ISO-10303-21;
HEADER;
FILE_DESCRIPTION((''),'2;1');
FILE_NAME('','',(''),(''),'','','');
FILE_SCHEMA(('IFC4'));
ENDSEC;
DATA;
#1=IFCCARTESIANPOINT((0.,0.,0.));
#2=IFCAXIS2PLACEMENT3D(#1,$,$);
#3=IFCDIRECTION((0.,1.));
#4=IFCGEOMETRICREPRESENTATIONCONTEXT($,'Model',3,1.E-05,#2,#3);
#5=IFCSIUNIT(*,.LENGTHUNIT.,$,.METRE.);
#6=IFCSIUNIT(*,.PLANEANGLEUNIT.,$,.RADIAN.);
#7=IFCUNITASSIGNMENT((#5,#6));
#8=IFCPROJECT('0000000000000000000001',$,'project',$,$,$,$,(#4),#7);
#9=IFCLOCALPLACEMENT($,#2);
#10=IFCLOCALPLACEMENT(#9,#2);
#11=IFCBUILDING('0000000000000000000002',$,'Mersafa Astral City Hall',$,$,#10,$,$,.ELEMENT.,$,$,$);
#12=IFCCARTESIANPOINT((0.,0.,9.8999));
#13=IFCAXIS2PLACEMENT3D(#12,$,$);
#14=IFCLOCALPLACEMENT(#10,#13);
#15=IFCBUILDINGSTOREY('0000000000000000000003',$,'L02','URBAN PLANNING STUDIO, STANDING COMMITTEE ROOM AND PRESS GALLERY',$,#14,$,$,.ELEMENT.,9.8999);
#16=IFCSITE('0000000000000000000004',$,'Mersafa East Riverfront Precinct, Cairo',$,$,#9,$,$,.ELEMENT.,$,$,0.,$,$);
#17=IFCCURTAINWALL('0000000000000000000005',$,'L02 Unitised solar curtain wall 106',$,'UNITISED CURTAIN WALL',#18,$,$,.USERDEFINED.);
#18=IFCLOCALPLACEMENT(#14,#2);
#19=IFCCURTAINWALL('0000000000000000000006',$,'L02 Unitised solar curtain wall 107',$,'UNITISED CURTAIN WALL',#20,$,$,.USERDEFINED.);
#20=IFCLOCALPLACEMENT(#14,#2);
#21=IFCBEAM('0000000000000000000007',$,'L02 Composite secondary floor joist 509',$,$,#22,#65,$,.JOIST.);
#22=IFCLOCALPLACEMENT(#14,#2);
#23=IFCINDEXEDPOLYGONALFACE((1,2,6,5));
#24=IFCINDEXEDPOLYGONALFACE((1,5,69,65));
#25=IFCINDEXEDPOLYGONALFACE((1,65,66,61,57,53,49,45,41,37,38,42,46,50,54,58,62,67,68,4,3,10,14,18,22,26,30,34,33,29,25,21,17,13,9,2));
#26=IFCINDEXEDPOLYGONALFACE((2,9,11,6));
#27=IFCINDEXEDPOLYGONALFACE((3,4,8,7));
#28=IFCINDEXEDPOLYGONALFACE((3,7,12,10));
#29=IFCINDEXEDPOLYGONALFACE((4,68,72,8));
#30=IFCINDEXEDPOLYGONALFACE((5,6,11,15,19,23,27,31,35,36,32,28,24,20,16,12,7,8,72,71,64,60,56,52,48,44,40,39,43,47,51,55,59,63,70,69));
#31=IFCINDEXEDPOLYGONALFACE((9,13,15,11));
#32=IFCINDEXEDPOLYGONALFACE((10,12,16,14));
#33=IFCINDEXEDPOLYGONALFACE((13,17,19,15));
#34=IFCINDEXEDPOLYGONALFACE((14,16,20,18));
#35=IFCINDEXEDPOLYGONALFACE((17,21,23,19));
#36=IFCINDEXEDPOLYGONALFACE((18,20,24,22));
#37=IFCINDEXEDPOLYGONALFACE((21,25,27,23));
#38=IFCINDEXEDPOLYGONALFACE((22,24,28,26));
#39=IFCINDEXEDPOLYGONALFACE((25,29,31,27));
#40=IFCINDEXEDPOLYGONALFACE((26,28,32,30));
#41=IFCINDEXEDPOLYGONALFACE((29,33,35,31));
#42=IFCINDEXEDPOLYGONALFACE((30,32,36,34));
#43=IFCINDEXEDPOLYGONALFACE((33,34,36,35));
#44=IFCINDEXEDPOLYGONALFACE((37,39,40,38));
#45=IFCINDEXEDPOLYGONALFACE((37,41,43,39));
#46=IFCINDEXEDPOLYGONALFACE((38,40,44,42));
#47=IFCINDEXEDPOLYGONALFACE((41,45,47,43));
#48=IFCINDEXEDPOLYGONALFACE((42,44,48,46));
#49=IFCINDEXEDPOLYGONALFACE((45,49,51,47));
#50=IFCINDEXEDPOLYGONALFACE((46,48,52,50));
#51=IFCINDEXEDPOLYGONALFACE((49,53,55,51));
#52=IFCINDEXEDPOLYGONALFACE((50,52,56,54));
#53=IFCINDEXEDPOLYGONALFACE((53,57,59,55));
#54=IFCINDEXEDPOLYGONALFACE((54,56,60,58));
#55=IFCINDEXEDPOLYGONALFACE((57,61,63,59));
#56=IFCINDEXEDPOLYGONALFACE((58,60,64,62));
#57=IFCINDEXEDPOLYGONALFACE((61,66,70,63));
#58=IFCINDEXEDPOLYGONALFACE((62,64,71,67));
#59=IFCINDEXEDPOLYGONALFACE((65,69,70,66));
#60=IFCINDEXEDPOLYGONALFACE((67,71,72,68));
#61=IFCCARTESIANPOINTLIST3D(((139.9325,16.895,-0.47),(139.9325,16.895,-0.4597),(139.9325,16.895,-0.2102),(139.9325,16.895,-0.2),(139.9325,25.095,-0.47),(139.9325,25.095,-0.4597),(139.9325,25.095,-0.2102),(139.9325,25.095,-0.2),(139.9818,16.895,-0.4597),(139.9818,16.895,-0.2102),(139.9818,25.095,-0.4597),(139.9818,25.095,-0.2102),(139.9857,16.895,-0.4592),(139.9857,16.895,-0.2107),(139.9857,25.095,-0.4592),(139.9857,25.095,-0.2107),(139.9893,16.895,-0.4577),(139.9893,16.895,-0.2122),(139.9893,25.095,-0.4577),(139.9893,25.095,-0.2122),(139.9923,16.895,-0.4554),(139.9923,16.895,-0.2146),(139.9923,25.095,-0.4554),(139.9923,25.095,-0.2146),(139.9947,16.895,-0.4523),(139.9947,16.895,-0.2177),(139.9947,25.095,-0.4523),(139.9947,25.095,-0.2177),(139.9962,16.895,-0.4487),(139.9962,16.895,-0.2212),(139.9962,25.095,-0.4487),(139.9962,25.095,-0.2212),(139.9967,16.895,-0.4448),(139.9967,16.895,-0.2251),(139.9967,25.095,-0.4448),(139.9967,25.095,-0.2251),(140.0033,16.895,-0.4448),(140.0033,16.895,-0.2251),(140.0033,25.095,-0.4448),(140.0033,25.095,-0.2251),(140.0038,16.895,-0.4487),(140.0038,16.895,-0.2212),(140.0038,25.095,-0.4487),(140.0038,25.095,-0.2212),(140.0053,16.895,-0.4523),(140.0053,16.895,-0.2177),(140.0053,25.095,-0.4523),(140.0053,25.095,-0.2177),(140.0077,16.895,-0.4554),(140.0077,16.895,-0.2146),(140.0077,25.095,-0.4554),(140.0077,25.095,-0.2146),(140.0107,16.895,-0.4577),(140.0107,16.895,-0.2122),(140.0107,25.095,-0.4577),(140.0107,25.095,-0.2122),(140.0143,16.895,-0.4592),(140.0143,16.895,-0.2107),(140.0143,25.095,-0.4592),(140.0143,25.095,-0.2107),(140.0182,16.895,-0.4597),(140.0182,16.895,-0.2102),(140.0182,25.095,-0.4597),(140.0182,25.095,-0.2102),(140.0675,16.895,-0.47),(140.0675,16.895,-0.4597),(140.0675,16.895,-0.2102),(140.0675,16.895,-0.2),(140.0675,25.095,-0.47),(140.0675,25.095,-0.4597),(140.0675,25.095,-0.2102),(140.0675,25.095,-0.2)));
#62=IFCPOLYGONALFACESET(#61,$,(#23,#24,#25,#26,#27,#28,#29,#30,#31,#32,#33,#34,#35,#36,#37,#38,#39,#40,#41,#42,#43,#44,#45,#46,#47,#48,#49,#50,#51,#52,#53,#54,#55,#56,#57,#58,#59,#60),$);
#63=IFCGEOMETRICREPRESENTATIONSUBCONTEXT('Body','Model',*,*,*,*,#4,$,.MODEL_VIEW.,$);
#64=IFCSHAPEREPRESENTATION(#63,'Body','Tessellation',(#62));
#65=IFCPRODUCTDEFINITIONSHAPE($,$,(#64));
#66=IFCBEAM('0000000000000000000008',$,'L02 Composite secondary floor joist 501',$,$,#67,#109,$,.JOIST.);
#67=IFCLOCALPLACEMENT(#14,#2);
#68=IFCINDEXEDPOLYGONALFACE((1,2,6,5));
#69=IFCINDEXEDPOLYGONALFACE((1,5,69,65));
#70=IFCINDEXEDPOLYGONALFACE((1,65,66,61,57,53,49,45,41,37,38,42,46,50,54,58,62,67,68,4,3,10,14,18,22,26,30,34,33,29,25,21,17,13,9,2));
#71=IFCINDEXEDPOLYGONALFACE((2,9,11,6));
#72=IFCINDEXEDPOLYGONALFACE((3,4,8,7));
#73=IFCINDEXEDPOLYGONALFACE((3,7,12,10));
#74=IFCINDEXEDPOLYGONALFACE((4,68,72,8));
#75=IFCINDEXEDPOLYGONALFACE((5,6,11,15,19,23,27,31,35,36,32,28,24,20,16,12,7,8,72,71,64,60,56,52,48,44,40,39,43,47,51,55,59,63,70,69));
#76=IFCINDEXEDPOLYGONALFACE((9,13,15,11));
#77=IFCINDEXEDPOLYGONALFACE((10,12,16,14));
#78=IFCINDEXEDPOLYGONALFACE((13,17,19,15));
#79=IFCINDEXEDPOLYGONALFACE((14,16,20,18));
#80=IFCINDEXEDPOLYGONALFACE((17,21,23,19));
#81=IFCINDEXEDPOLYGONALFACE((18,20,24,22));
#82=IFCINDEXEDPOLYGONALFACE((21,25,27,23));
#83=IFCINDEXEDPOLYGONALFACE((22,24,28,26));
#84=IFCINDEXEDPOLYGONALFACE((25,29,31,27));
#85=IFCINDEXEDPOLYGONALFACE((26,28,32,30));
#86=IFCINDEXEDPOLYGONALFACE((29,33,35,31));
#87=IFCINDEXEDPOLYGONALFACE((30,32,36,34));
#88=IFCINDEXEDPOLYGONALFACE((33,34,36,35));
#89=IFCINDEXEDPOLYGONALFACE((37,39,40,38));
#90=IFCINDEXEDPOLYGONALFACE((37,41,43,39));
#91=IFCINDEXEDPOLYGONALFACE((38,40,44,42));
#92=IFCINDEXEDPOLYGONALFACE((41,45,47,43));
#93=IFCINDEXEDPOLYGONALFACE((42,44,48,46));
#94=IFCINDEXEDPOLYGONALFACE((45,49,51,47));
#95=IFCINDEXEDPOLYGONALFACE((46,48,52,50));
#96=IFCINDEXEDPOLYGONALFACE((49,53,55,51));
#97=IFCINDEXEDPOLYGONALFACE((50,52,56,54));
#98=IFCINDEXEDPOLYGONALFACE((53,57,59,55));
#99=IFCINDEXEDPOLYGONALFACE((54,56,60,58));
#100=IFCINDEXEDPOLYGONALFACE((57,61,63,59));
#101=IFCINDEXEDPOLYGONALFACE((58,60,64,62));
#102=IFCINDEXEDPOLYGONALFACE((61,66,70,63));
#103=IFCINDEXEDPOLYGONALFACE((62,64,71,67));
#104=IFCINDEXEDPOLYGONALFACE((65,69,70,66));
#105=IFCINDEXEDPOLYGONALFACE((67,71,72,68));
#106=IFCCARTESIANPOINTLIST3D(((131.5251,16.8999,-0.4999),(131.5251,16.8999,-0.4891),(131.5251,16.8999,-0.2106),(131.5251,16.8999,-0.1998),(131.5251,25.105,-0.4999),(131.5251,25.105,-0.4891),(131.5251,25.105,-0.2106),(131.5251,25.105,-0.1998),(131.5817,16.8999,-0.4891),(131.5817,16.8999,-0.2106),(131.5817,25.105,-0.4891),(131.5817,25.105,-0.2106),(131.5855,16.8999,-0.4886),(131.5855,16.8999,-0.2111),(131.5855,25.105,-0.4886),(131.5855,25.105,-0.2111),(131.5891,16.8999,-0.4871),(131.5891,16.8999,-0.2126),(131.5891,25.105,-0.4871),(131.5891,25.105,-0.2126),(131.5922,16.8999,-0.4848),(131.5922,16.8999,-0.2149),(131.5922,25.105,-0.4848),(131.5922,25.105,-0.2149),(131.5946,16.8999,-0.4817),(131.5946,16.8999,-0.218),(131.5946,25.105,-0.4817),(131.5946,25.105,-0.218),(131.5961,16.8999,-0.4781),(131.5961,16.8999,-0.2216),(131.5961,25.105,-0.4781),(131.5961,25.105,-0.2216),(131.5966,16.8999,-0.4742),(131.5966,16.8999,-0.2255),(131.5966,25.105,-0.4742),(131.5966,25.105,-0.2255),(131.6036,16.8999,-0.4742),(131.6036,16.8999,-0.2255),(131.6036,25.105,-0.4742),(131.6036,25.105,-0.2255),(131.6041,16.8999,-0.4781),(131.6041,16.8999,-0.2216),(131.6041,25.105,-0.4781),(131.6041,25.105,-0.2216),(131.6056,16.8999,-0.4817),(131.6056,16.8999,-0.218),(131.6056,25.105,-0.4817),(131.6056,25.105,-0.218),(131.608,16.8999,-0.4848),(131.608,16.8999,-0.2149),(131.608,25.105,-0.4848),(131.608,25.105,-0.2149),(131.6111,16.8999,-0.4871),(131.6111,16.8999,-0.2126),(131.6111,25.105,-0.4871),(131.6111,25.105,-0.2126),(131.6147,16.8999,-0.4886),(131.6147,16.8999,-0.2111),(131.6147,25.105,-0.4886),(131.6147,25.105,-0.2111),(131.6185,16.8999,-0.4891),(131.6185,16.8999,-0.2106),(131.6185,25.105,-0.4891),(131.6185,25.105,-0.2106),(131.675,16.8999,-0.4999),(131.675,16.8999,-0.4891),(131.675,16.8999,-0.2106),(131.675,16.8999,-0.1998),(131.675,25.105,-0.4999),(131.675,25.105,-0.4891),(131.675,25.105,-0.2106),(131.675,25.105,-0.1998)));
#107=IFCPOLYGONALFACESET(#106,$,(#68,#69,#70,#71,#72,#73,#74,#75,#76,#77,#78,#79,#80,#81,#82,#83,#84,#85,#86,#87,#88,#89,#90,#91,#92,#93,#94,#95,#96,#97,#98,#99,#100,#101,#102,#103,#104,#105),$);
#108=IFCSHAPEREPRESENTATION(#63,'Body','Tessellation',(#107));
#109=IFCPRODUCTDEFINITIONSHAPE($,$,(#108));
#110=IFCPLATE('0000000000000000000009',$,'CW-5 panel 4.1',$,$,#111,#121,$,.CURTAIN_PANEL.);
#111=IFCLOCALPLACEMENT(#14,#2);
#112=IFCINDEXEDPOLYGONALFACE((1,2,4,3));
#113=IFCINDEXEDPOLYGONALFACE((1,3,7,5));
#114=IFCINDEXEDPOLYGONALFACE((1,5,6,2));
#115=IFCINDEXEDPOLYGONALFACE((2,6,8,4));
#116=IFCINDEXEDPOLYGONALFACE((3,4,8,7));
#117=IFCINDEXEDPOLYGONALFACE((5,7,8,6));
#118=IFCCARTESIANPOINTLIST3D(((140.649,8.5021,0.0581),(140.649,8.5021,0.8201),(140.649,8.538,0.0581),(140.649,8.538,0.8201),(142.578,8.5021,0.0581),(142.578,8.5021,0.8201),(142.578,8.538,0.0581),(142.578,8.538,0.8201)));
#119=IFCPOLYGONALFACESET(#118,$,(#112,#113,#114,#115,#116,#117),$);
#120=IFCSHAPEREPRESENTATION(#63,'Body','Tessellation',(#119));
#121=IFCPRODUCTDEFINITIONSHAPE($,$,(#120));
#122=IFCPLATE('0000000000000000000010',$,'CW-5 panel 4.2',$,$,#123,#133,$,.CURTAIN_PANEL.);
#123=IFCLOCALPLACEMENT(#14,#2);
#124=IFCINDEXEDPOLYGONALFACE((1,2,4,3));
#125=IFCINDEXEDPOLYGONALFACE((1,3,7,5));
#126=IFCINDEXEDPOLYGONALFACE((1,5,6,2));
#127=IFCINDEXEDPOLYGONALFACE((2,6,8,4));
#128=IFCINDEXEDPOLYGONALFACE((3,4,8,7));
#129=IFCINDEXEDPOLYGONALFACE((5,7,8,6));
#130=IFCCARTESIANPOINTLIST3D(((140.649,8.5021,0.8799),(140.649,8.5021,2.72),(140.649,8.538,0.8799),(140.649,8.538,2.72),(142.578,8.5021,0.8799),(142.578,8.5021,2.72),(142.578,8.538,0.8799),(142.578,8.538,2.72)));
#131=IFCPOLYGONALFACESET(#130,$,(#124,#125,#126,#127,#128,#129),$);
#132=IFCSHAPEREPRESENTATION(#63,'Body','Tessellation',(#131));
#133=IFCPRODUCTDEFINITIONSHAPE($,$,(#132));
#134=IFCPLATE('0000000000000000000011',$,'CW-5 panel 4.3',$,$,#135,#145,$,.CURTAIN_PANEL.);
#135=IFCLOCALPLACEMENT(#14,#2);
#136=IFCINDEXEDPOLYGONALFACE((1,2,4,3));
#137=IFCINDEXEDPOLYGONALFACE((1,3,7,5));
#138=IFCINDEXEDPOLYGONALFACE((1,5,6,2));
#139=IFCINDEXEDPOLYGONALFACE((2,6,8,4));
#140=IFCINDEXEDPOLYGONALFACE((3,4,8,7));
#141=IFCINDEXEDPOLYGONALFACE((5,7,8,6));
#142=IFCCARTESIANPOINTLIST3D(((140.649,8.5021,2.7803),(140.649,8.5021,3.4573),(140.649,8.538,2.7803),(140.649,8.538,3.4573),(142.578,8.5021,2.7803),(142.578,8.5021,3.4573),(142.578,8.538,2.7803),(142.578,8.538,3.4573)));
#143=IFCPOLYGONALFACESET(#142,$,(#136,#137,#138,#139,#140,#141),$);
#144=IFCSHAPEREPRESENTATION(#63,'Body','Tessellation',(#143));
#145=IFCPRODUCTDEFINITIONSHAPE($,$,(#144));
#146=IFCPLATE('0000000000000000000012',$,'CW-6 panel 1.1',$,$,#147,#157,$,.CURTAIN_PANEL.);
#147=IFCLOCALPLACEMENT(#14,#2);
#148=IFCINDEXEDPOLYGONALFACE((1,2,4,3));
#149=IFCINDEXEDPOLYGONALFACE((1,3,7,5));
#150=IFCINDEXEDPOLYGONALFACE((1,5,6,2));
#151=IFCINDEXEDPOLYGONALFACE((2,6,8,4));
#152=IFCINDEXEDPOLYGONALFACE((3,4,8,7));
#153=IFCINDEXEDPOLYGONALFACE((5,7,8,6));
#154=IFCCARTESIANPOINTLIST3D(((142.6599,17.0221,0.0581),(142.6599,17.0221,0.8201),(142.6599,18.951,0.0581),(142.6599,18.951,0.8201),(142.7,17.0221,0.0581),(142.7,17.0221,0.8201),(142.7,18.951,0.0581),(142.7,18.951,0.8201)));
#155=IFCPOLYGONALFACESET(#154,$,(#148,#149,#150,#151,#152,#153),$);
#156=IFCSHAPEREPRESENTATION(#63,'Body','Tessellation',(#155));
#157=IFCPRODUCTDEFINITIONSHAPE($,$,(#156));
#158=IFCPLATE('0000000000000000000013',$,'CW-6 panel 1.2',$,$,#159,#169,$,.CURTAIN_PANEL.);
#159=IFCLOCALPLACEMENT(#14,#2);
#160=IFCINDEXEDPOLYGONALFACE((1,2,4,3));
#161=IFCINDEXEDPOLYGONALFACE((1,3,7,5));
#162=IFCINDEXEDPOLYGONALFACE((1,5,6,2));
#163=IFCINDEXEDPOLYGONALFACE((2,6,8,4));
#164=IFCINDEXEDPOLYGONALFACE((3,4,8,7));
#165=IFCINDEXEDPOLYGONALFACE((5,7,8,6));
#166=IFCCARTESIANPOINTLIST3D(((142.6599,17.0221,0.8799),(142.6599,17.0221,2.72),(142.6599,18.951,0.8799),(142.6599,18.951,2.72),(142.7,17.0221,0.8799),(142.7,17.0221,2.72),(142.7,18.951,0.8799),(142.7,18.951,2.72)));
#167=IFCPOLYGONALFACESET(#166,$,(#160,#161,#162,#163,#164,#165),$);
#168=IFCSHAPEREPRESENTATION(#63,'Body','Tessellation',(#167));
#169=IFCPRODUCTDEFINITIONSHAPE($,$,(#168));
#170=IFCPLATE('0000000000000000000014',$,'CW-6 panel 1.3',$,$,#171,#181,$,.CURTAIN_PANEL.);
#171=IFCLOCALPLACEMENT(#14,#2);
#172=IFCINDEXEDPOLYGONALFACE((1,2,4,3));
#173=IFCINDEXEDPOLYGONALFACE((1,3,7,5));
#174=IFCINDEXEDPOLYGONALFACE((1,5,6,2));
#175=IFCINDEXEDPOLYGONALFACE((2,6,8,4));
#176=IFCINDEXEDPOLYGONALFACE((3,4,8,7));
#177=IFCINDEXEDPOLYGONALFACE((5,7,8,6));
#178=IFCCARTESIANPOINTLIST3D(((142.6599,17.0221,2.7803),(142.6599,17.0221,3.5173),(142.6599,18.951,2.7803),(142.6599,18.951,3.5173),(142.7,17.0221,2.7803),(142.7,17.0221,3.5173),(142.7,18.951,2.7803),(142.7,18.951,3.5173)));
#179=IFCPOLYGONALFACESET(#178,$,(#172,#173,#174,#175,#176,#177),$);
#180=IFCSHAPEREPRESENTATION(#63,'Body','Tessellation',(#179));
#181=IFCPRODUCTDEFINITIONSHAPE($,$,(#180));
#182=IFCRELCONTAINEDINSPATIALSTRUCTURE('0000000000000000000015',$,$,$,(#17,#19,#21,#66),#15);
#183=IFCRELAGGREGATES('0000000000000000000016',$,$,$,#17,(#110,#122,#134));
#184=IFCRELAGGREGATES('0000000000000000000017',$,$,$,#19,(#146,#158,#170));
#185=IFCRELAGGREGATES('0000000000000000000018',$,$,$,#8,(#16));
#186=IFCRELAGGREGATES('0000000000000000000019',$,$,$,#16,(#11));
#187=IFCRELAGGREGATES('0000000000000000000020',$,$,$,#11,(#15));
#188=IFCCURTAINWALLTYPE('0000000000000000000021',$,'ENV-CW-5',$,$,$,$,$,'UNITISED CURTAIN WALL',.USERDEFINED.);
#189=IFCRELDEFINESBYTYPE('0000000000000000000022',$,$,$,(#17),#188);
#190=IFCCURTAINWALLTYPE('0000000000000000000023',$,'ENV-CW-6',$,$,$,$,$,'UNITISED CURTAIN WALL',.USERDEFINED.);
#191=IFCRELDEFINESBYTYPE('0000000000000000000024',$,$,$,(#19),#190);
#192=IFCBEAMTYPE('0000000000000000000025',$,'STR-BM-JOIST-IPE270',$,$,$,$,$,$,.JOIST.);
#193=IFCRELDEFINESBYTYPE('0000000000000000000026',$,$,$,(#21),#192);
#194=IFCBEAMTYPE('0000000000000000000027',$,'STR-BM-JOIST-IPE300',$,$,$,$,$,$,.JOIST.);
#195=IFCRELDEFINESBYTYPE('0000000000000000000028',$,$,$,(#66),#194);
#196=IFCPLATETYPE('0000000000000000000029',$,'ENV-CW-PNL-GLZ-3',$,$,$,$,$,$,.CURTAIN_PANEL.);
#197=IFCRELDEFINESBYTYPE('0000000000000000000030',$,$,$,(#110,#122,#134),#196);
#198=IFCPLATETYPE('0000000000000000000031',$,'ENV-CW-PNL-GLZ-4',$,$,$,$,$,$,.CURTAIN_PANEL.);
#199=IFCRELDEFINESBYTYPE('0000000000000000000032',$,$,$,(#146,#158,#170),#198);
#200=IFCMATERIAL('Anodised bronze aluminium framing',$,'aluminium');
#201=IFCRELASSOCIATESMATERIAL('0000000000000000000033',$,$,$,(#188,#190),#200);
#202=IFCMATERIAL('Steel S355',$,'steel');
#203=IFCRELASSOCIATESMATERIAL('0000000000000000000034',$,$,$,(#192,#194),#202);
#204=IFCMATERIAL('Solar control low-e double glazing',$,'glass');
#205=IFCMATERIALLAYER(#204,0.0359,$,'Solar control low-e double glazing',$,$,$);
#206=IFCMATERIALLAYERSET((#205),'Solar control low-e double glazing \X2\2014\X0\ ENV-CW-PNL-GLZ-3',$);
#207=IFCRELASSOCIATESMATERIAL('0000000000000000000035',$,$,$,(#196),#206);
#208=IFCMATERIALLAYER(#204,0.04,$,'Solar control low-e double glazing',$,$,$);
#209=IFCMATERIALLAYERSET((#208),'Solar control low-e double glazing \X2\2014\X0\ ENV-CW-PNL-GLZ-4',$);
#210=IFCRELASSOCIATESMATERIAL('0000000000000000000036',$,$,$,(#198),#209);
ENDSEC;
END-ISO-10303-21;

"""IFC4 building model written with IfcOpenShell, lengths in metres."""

from ifc_helpers import new_model, si_unit, direction, frame, origin, origin_2d, place, context, subcontext, project, spatial, rectangle, i_section, extrude, material, layer, layer_set, material_profile, profile_set, type_object, element, aggregate, save


model = new_model("IFC4")

# Units and contexts
model_context = context("Model", 3, precision=1e-05, world=origin(), true_north=direction((0.0, 1.0)))
body_context = subcontext(model_context, "Body", "Model", "MODEL_VIEW")
ifc_project = project(units=[si_unit("LENGTHUNIT", "METRE"), si_unit("PLANEANGLEUNIT", "RADIAN")], contexts=[model_context])

# Site, building, storey
site_placement = place(None, origin())
site = spatial("IfcSite", under=ifc_project, at=site_placement, Name="Mersafa East Riverfront Precinct, Cairo", CompositionType="ELEMENT", RefElevation=0.0)
building_placement = place(site_placement, origin())
building = spatial("IfcBuilding", under=site, at=building_placement, Name="Mersafa Astral City Hall", CompositionType="ELEMENT")
storey_placement = place(building_placement, frame((0.0, 0.0, 9.8999)))
storey = spatial("IfcBuildingStorey", under=building, at=storey_placement, Name="L02", Description="URBAN PLANNING STUDIO, STANDING COMMITTEE ROOM AND PRESS GALLERY", CompositionType="ELEMENT", Elevation=9.8999)

# Shared definitions
ifc_material_1 = material(Name="Steel S355", Category="steel")

# Curtain wall
ifc_material_2 = material(Name="Anodised bronze aluminium framing", Category="aluminium")
curtain_wall_type_1 = type_object("IfcCurtainWallType", Name="ENV-CW-5", ElementType="UNITISED CURTAIN WALL", PredefinedType="USERDEFINED", material=ifc_material_2)
curtain_wall_1_placement = place(storey_placement, origin())
curtain_wall_1 = element("IfcCurtainWall", 1, at=curtain_wall_1_placement, inside=storey, type_object=curtain_wall_type_1, Name="L02 Unitised solar curtain wall 106", ObjectType="UNITISED CURTAIN WALL", PredefinedType="USERDEFINED")

# Curtain wall
curtain_wall_type_2 = type_object("IfcCurtainWallType", Name="ENV-CW-6", ElementType="UNITISED CURTAIN WALL", PredefinedType="USERDEFINED", material=ifc_material_2)
curtain_wall_2_placement = place(storey_placement, origin())
curtain_wall_2 = element("IfcCurtainWall", 2, at=curtain_wall_2_placement, inside=storey, type_object=curtain_wall_type_2, Name="L02 Unitised solar curtain wall 107", ObjectType="UNITISED CURTAIN WALL", PredefinedType="USERDEFINED")

# Beams
ifc_material_profile_1 = material_profile(ifc_material_1, i_section(OverallWidth=0.135, OverallDepth=0.27, WebThickness=0.0066, FlangeThickness=0.0103, FilletRadius=0.0149, at=origin_2d()), Name="IPE 270")
ifc_profile_set_1 = profile_set([ifc_material_profile_1], Name="Steel S355")
beam_type_1 = type_object("IfcBeamType", Name="STR-BM-JOIST-IPE270", PredefinedType="JOIST", material=ifc_profile_set_1)
for number, where, z_axis, x_axis, name in (
    (3, (140.0, 16.895, -0.335), (0.0, 1.0, 0.0), (-1.0, 0.0, 0.0), "L02 Composite secondary floor joist 509"),
):
    element("IfcBeam", number, at=place(storey_placement, frame(where, z_axis=z_axis, x_axis=x_axis)), inside=storey, type_object=beam_type_1, Name=name, PredefinedType="JOIST", context=body_context, shape_type="SweptSolid", body=[
        extrude(i_section(OverallWidth=0.135, OverallDepth=0.27, WebThickness=0.0066, FlangeThickness=0.0103, FilletRadius=0.0149, at=origin_2d()), origin(), (0.0, 0.0, 1.0), 8.2),
    ])
ifc_material_profile_2 = material_profile(ifc_material_1, i_section(OverallWidth=0.1499, OverallDepth=0.3, WebThickness=0.0071, FlangeThickness=0.0107, FilletRadius=0.0149, at=origin_2d()), Name="IPE 300")
ifc_profile_set_2 = profile_set([ifc_material_profile_2], Name="Steel S355")
beam_type_2 = type_object("IfcBeamType", Name="STR-BM-JOIST-IPE300", PredefinedType="JOIST", material=ifc_profile_set_2)
beam_1_placement = place(storey_placement, frame((131.6001, 16.8999, -0.3499), z_axis=(0.0, 1.0, 0.0), x_axis=(-1.0, 0.0, 0.0)))
element("IfcBeam", 4, at=beam_1_placement, inside=storey, type_object=beam_type_2, Name="L02 Composite secondary floor joist 501", PredefinedType="JOIST", context=body_context, shape_type="SweptSolid", body=[
    extrude(i_section(OverallWidth=0.1499, OverallDepth=0.3, WebThickness=0.0071, FlangeThickness=0.0107, FilletRadius=0.0149, at=origin_2d()), origin(), (0.0, 0.0, 1.0), 8.2051),
])

# Plates
ifc_material_3 = material(Name="Solar control low-e double glazing", Category="glass")
ifc_layer_1 = layer(ifc_material_3, 0.0359, Name="Solar control low-e double glazing")
ifc_layer_set_1 = layer_set([ifc_layer_1], Name="Solar control low-e double glazing — ENV-CW-PNL-GLZ-3")
plate_type_1 = type_object("IfcPlateType", Name="ENV-CW-PNL-GLZ-3", PredefinedType="CURTAIN_PANEL", material=ifc_layer_set_1)
plate_1_placement = place(storey_placement, frame((141.6135, 8.52, 0.0581), z_axis=(0.0, 0.0, 1.0), x_axis=(1.0, 0.0, 0.0)))
plate_1 = element("IfcPlate", 5, at=plate_1_placement, type_object=plate_type_1, Name="CW-5 panel 4.1", PredefinedType="CURTAIN_PANEL", context=body_context, shape_type="SweptSolid", body=[
    extrude(rectangle(XDim=1.929, YDim=0.0359, at=origin_2d()), origin(), (0.0, 0.0, 1.0), 0.762),
])
plate_2_placement = place(storey_placement, frame((141.6135, 8.52, 0.8799), z_axis=(0.0, 0.0, 1.0), x_axis=(1.0, 0.0, 0.0)))
plate_2 = element("IfcPlate", 6, at=plate_2_placement, type_object=plate_type_1, Name="CW-5 panel 4.2", PredefinedType="CURTAIN_PANEL", context=body_context, shape_type="SweptSolid", body=[
    extrude(rectangle(XDim=1.929, YDim=0.0359, at=origin_2d()), origin(), (0.0, 0.0, 1.0), 1.8401),
])
plate_3_placement = place(storey_placement, frame((141.6135, 8.52, 2.7803), z_axis=(0.0, 0.0, 1.0), x_axis=(1.0, 0.0, 0.0)))
plate_3 = element("IfcPlate", 7, at=plate_3_placement, type_object=plate_type_1, Name="CW-5 panel 4.3", PredefinedType="CURTAIN_PANEL", context=body_context, shape_type="SweptSolid", body=[
    extrude(rectangle(XDim=1.929, YDim=0.0359, at=origin_2d()), origin(), (0.0, 0.0, 1.0), 0.677),
])
aggregate(curtain_wall_1, [plate_1, plate_2, plate_3])
ifc_layer_2 = layer(ifc_material_3, 0.04, Name="Solar control low-e double glazing")
ifc_layer_set_2 = layer_set([ifc_layer_2], Name="Solar control low-e double glazing — ENV-CW-PNL-GLZ-4")
plate_type_2 = type_object("IfcPlateType", Name="ENV-CW-PNL-GLZ-4", PredefinedType="CURTAIN_PANEL", material=ifc_layer_set_2)
plate_4_placement = place(storey_placement, frame((142.6799, 17.9866, 0.0581), z_axis=(0.0, 0.0, 1.0), x_axis=(0.0, 1.0, 0.0)))
plate_4 = element("IfcPlate", 8, at=plate_4_placement, type_object=plate_type_2, Name="CW-6 panel 1.1", PredefinedType="CURTAIN_PANEL", context=body_context, shape_type="SweptSolid", body=[
    extrude(rectangle(XDim=1.929, YDim=0.04, at=origin_2d()), origin(), (0.0, 0.0, 1.0), 0.762),
])
plate_5_placement = place(storey_placement, frame((142.6799, 17.9866, 0.8799), z_axis=(0.0, 0.0, 1.0), x_axis=(0.0, 1.0, 0.0)))
plate_5 = element("IfcPlate", 9, at=plate_5_placement, type_object=plate_type_2, Name="CW-6 panel 1.2", PredefinedType="CURTAIN_PANEL", context=body_context, shape_type="SweptSolid", body=[
    extrude(rectangle(XDim=1.929, YDim=0.04, at=origin_2d()), origin(), (0.0, 0.0, 1.0), 1.8401),
])
plate_6_placement = place(storey_placement, frame((142.6799, 17.9866, 2.7803), z_axis=(0.0, 0.0, 1.0), x_axis=(0.0, 1.0, 0.0)))
plate_6 = element("IfcPlate", 10, at=plate_6_placement, type_object=plate_type_2, Name="CW-6 panel 1.3", PredefinedType="CURTAIN_PANEL", context=body_context, shape_type="SweptSolid", body=[
    extrude(rectangle(XDim=1.929, YDim=0.04, at=origin_2d()), origin(), (0.0, 0.0, 1.0), 0.7371),
])
aggregate(curtain_wall_2, [plate_4, plate_5, plate_6])

save(model, "model.ifc")
